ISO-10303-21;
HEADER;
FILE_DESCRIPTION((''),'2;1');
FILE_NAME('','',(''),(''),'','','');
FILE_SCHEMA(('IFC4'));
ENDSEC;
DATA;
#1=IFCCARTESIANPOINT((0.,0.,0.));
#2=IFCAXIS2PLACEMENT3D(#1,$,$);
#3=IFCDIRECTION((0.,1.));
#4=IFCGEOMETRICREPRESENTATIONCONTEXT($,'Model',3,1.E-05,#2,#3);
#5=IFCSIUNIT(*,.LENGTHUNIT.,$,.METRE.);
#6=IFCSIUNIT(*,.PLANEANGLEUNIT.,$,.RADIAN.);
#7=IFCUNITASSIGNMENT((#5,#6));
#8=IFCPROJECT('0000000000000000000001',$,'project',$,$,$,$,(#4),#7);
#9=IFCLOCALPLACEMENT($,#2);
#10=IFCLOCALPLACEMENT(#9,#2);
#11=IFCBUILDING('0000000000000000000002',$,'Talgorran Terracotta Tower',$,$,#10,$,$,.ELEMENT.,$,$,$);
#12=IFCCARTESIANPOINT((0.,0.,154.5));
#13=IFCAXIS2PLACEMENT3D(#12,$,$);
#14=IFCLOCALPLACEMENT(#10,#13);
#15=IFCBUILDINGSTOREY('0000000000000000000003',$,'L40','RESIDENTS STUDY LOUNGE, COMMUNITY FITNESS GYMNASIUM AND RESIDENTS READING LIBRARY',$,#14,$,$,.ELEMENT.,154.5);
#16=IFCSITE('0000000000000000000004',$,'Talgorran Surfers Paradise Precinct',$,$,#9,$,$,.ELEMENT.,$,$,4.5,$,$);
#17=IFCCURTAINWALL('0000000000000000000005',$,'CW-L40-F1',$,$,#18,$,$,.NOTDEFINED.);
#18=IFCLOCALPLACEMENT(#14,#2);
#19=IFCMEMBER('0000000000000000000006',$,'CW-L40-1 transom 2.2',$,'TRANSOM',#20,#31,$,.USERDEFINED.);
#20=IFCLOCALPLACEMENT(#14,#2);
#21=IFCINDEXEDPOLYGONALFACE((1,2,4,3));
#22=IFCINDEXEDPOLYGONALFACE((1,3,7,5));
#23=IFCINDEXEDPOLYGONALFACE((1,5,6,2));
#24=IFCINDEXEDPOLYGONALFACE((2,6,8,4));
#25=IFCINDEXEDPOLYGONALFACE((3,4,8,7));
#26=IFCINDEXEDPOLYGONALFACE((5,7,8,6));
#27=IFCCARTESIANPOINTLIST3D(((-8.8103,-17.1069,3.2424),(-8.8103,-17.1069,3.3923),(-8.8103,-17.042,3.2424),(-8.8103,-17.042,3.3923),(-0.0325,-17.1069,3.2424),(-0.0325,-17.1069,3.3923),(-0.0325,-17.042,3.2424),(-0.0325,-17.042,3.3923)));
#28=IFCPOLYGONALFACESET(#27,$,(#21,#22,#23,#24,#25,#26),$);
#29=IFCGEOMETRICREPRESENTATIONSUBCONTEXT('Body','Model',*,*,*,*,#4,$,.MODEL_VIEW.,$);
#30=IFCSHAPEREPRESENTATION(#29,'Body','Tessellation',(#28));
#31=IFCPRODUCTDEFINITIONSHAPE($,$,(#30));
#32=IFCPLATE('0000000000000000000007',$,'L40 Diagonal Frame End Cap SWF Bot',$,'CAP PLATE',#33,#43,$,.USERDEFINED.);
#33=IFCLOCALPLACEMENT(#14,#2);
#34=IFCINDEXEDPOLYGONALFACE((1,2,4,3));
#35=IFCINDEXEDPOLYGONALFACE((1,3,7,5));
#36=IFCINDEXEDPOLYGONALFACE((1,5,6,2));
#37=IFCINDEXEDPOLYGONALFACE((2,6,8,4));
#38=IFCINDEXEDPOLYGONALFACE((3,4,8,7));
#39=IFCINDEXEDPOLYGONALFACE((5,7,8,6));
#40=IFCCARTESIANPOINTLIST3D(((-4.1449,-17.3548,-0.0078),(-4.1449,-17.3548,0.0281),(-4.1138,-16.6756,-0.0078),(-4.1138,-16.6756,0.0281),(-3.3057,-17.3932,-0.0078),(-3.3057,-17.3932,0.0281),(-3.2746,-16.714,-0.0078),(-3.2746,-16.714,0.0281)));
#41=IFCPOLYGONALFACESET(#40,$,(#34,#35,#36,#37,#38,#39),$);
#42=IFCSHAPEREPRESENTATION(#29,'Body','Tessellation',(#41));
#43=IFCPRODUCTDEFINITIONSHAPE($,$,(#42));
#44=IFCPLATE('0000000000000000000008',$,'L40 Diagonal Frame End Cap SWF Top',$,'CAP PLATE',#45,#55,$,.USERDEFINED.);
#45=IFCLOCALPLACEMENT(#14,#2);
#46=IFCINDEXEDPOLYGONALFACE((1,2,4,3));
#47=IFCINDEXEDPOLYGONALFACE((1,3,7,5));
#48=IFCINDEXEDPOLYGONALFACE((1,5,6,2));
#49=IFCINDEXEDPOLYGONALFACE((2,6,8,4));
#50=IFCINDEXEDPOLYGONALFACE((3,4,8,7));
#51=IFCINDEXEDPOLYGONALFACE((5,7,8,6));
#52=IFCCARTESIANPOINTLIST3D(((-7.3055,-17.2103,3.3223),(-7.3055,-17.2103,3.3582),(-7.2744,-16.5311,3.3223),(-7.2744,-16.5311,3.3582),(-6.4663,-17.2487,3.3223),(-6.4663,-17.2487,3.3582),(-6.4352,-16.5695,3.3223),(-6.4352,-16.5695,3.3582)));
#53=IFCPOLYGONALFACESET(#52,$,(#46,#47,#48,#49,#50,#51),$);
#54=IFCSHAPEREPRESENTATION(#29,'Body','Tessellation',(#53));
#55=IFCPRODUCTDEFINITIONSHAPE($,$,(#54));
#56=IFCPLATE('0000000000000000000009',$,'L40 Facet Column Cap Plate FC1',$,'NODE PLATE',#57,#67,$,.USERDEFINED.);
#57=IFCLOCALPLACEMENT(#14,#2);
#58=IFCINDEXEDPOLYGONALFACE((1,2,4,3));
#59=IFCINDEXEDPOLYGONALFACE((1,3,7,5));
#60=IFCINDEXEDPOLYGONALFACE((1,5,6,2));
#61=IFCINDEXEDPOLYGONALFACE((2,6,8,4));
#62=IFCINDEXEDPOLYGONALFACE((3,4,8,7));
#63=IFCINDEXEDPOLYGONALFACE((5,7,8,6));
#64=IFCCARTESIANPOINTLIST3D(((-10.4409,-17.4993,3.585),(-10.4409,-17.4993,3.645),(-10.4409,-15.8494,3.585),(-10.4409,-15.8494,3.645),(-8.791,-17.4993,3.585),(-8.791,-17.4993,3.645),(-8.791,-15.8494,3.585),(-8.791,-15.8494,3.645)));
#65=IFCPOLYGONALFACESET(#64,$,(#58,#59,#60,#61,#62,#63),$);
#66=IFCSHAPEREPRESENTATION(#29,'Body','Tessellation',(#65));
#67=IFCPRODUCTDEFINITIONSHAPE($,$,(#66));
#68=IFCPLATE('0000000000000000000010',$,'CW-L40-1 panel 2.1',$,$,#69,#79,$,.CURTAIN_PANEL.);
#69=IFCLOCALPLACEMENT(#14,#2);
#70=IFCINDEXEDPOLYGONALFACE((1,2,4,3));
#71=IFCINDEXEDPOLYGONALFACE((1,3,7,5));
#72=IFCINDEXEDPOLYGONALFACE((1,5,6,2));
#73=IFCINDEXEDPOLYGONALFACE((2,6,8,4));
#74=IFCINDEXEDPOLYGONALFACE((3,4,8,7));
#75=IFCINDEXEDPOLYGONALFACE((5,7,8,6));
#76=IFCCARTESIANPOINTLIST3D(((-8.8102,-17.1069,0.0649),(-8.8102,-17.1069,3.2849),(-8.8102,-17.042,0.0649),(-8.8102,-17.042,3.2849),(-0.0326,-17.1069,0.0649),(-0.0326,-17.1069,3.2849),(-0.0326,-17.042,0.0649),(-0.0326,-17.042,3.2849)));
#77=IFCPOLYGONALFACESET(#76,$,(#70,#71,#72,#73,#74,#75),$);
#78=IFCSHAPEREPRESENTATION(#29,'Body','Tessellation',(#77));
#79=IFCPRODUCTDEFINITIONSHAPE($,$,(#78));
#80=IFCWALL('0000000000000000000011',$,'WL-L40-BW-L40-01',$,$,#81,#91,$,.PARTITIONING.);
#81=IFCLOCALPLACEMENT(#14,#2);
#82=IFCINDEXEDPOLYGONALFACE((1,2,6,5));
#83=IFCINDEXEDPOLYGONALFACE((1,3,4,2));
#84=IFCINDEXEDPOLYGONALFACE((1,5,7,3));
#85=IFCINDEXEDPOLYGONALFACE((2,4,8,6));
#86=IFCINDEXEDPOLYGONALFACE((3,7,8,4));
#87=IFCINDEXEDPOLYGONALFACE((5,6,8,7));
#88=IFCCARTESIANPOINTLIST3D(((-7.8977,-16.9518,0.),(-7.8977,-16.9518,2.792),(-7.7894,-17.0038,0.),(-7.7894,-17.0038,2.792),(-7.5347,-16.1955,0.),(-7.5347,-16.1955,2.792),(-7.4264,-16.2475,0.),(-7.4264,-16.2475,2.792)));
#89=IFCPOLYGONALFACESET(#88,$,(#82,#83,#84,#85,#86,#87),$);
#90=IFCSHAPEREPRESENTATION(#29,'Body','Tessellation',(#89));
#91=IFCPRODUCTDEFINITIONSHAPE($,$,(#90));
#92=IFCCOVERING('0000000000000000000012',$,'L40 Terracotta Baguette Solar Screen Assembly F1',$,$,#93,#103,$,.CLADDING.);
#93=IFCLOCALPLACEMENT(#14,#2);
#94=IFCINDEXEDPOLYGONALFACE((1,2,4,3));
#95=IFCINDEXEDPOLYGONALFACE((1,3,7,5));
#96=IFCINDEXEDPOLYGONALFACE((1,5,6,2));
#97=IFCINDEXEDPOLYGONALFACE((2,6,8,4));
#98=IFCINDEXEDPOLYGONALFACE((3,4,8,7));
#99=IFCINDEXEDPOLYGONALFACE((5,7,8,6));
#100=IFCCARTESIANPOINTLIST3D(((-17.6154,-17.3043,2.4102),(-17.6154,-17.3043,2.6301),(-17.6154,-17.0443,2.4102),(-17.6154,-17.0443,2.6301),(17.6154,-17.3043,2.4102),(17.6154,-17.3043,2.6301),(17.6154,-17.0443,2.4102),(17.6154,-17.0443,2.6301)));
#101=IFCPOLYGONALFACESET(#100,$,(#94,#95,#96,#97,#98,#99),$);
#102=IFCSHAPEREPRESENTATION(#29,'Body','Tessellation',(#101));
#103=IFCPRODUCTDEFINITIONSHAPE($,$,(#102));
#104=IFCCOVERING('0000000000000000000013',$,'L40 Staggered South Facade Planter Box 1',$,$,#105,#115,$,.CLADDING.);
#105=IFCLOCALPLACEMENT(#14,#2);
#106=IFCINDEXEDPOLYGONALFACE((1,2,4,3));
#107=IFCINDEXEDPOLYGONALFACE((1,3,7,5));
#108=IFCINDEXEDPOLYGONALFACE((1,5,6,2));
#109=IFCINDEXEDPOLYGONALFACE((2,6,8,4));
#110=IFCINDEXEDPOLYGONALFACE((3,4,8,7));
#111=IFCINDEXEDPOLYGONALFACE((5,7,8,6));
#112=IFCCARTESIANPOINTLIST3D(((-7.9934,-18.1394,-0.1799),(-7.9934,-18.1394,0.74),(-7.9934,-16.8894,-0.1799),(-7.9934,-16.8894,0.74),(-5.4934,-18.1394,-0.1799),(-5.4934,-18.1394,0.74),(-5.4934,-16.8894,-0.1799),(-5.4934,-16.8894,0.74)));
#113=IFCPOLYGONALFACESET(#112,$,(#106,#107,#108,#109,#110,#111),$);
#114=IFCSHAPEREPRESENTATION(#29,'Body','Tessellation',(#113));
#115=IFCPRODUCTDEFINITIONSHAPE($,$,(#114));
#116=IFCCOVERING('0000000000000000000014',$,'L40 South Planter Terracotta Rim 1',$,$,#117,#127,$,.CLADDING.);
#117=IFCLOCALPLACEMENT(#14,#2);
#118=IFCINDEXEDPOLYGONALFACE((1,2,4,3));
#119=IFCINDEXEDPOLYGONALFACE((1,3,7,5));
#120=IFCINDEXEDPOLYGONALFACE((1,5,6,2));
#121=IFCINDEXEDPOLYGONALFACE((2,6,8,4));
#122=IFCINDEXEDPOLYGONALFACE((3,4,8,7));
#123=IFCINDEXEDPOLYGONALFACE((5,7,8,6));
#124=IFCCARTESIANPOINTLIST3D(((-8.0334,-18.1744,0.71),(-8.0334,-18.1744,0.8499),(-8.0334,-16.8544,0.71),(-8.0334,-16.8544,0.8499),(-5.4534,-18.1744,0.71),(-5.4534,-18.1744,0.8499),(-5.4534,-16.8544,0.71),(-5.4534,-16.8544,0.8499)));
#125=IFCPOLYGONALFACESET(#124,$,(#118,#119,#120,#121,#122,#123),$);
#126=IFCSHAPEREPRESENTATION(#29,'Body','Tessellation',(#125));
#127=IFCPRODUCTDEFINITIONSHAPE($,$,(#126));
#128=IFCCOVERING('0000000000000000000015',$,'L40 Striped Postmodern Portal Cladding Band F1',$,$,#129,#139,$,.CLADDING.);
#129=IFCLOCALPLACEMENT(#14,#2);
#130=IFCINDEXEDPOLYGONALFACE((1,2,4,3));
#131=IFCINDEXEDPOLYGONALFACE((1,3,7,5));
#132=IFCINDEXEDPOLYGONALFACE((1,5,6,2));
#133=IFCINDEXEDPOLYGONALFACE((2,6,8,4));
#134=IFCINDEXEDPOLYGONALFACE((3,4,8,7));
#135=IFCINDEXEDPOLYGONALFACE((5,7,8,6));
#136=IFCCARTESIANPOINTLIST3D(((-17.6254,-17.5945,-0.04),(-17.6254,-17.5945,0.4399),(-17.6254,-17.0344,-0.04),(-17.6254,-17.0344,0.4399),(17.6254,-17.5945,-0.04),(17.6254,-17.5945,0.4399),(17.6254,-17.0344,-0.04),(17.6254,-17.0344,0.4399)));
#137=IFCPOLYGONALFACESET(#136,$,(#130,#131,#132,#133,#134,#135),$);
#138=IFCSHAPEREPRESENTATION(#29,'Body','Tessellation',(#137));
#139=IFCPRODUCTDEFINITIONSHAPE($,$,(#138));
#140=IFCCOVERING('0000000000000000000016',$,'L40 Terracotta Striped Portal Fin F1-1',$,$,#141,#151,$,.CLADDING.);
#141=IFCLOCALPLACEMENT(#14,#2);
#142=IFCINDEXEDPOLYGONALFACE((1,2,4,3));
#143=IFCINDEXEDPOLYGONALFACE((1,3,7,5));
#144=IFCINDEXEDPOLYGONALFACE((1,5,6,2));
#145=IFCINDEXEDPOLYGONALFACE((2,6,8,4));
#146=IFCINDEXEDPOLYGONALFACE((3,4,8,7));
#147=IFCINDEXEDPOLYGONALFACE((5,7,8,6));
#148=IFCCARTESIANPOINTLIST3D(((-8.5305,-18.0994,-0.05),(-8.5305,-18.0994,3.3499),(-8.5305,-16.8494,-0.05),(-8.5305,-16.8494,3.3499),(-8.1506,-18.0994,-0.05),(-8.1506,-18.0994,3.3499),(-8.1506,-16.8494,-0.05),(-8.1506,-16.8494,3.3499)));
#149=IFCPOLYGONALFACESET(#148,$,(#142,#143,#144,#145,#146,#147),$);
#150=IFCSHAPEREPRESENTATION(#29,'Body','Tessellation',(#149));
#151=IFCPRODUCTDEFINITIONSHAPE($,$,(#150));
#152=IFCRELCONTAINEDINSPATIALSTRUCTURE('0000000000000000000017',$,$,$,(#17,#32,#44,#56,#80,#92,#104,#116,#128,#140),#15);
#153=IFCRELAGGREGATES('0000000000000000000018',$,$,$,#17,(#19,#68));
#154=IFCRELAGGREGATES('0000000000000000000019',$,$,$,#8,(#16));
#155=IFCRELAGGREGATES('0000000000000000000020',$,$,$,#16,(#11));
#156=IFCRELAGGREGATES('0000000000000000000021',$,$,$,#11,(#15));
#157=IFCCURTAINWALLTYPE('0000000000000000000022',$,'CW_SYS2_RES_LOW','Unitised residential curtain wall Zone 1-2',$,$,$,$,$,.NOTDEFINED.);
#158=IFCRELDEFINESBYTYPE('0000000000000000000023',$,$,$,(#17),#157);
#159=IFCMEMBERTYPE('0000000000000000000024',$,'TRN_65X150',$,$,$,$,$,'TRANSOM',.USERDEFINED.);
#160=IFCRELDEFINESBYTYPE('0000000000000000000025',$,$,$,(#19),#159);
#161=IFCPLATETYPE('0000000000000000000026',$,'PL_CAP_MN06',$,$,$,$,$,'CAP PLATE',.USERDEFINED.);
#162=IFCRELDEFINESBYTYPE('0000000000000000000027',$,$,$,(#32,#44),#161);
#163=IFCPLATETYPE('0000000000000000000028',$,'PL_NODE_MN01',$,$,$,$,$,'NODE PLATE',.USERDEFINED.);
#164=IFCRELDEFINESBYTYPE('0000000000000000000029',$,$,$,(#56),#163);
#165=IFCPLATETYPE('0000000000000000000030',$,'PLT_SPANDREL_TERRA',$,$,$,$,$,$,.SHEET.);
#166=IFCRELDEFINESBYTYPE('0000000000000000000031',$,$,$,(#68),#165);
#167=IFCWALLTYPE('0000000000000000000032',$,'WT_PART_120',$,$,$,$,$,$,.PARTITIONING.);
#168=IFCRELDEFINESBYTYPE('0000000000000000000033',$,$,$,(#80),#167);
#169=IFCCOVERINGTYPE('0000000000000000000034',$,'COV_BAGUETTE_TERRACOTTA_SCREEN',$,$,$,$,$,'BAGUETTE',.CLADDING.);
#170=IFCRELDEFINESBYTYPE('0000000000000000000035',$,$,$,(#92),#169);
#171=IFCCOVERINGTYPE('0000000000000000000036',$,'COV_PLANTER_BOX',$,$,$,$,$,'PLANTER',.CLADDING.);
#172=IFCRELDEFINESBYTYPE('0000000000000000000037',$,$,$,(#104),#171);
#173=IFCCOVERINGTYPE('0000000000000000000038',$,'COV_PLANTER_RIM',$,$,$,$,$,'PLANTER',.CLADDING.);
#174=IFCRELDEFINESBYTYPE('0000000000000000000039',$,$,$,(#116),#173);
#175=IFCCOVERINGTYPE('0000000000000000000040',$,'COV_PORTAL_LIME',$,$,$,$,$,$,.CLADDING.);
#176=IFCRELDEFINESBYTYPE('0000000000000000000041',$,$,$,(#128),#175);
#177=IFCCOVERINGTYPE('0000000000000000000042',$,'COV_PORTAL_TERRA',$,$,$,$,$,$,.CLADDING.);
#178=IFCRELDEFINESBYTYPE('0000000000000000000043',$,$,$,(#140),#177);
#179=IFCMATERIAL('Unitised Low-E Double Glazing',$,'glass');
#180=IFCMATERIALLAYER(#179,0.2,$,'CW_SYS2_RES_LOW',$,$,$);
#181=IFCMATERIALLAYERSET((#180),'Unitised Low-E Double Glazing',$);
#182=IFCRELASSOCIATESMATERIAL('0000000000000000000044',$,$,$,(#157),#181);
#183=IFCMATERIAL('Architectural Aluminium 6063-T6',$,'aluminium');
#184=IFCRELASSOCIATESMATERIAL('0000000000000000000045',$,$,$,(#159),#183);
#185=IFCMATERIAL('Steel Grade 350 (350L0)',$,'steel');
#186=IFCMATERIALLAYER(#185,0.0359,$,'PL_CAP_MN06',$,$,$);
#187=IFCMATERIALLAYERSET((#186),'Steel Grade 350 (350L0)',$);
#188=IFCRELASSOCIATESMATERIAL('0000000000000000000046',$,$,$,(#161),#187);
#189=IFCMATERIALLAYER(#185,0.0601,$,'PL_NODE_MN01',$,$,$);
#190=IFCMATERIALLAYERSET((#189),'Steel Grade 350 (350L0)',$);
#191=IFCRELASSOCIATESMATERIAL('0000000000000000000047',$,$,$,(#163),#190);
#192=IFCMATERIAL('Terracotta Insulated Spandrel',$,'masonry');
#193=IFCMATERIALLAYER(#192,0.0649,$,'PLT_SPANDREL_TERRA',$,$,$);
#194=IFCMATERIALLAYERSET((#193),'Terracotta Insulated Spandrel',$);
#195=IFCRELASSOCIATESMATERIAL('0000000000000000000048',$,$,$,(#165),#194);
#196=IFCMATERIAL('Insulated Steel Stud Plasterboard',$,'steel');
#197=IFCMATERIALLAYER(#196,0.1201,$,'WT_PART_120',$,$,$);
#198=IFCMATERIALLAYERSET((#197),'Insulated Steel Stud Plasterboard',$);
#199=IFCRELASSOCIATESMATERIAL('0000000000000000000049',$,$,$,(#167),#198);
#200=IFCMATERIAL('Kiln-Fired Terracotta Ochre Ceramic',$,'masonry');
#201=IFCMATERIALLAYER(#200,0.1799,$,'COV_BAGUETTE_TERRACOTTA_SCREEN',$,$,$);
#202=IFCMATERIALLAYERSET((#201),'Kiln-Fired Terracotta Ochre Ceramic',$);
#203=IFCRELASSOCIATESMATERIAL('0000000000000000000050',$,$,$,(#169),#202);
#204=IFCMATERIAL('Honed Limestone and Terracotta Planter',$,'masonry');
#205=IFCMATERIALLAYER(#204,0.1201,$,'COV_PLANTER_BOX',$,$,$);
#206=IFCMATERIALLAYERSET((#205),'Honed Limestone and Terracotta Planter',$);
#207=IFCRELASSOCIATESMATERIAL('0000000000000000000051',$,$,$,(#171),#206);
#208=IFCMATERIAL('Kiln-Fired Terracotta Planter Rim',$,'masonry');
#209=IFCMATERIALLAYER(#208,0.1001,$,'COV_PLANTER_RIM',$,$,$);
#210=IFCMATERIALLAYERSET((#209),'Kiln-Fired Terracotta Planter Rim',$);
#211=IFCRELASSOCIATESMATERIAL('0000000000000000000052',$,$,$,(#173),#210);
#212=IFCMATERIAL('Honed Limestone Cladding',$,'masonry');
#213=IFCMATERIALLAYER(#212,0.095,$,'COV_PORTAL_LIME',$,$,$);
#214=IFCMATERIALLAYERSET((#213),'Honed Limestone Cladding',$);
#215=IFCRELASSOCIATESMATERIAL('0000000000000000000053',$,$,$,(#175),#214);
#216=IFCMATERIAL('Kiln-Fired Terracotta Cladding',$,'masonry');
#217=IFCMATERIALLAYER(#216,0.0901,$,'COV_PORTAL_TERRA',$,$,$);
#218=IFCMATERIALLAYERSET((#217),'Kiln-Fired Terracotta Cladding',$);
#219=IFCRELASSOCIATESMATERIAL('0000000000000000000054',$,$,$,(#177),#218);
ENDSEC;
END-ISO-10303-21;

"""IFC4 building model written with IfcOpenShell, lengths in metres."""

from ifc_helpers import new_model, si_unit, direction, frame, frame_2d, origin, origin_2d, place, context, subcontext, project, spatial, rectangle, extrude, source, transform, mapped, material, layer, layer_set, material_profile, profile_set, type_object, type_shapes, element, aggregate, save


model = new_model("IFC4")

# Units and contexts
model_context = context("Model", 3, precision=1e-05, world=origin(), true_north=direction((0.0, 1.0)))
body_context = subcontext(model_context, "Body", "Model", "MODEL_VIEW")
ifc_project = project(units=[si_unit("LENGTHUNIT", "METRE"), si_unit("PLANEANGLEUNIT", "RADIAN")], contexts=[model_context])

# Site, building, storey
site_placement = place(None, origin())
site = spatial("IfcSite", under=ifc_project, at=site_placement, Name="Talgorran Surfers Paradise Precinct", CompositionType="ELEMENT", RefElevation=4.5)
building_placement = place(site_placement, origin())
building = spatial("IfcBuilding", under=site, at=building_placement, Name="Talgorran Terracotta Tower", CompositionType="ELEMENT")
storey_placement = place(building_placement, frame((0.0, 0.0, 154.5)))
storey = spatial("IfcBuildingStorey", under=building, at=storey_placement, Name="L40", Description="RESIDENTS STUDY LOUNGE, COMMUNITY FITNESS GYMNASIUM AND RESIDENTS READING LIBRARY", CompositionType="ELEMENT", Elevation=154.5)

# Shared definitions
ifc_material_1 = material(Name="Steel Grade 350 (350L0)", Category="steel")

# Curtain wall, member
ifc_material_2 = material(Name="Unitised Low-E Double Glazing", Category="glass")
ifc_layer_1 = layer(ifc_material_2, 0.2, Name="CW_SYS2_RES_LOW")
ifc_layer_set_1 = layer_set([ifc_layer_1], Name="Unitised Low-E Double Glazing")
curtain_wall_type = type_object("IfcCurtainWallType", Name="CW_SYS2_RES_LOW", Description="Unitised residential curtain wall Zone 1-2", PredefinedType="NOTDEFINED", material=ifc_layer_set_1)
curtain_wall_placement = place(storey_placement, origin())
curtain_wall = element("IfcCurtainWall", 1, at=curtain_wall_placement, inside=storey, type_object=curtain_wall_type, Name="CW-L40-F1", PredefinedType="NOTDEFINED")
ifc_material_3 = material(Name="Architectural Aluminium 6063-T6", Category="aluminium")
ifc_material_profile_1 = material_profile(ifc_material_3, rectangle(XDim=0.0649, YDim=0.1499, at=origin_2d()), Name="CWT65X150")
ifc_profile_set_1 = profile_set([ifc_material_profile_1], Name="Architectural Aluminium 6063-T6")
member_type_1 = type_object("IfcMemberType", Name="TRN_65X150", ElementType="TRANSOM", PredefinedType="USERDEFINED", material=ifc_profile_set_1)
member_1_placement = place(storey_placement, frame((-8.8103, -17.0745, 3.3174), z_axis=(1.0, 0.0, 0.0), x_axis=(0.0, 1.0, 0.0)))
member_1 = element("IfcMember", 2, at=member_1_placement, type_object=member_type_1, Name="CW-L40-1 transom 2.2", ObjectType="TRANSOM", PredefinedType="USERDEFINED", context=body_context, shape_type="SweptSolid", body=[
    extrude(rectangle(XDim=0.0649, YDim=0.1499, at=origin_2d()), origin(), (0.0, 0.0, 1.0), 8.7778),
])

# Plates
ifc_layer_2 = layer(ifc_material_1, 0.0359, Name="PL_CAP_MN06")
ifc_layer_set_2 = layer_set([ifc_layer_2], Name="Steel Grade 350 (350L0)")
plate_type_1 = type_object("IfcPlateType", Name="PL_CAP_MN06", ElementType="CAP PLATE", PredefinedType="USERDEFINED", material=ifc_layer_set_2)
for number, where, z_axis, x_axis, name in (
    (3, (-3.7097, -17.0344, -0.0078), (0.0, 0.0, 1.0), (-0.998955, 0.045712, 0.0), "L40 Diagonal Frame End Cap SWF Bot"),
    (4, (-6.8704, -16.8899, 3.3223), (0.0, 0.0, 1.0), (-0.998955, 0.045712, 0.0), "L40 Diagonal Frame End Cap SWF Top"),
):
    element("IfcPlate", number, at=place(storey_placement, frame(where, z_axis=z_axis, x_axis=x_axis)), inside=storey, type_object=plate_type_1, Name=name, ObjectType="CAP PLATE", PredefinedType="USERDEFINED", context=body_context, shape_type="SweptSolid", body=[
        extrude(rectangle(XDim=0.8401, YDim=0.6799, at=origin_2d()), origin(), (0.0, 0.0, 1.0), 0.0359),
    ])
ifc_layer_3 = layer(ifc_material_1, 0.0601, Name="PL_NODE_MN01")
ifc_layer_set_3 = layer_set([ifc_layer_3], Name="Steel Grade 350 (350L0)")
plate_type_2 = type_object("IfcPlateType", Name="PL_NODE_MN01", ElementType="NODE PLATE", PredefinedType="USERDEFINED", material=ifc_layer_set_3)
plate_1_placement = place(storey_placement, frame((-9.616, -16.6743, 3.585), z_axis=(0.0, 0.0, 1.0), x_axis=(1.0, 0.0, 0.0)))
element("IfcPlate", 5, at=plate_1_placement, inside=storey, type_object=plate_type_2, Name="L40 Facet Column Cap Plate FC1", ObjectType="NODE PLATE", PredefinedType="USERDEFINED", context=body_context, shape_type="SweptSolid", body=[
    extrude(rectangle(XDim=1.6499, YDim=1.6499, at=origin_2d()), origin(), (0.0, 0.0, 1.0), 0.0601),
])

# Plate
ifc_material_4 = material(Name="Terracotta Insulated Spandrel", Category="masonry")
ifc_layer_4 = layer(ifc_material_4, 0.0649, Name="PLT_SPANDREL_TERRA")
ifc_layer_set_4 = layer_set([ifc_layer_4], Name="Terracotta Insulated Spandrel")
plate_type_3 = type_object("IfcPlateType", Name="PLT_SPANDREL_TERRA", PredefinedType="SHEET", material=ifc_layer_set_4)
shared_shape_1 = source(origin(), body_context, "Body", "SweptSolid", [
    extrude(rectangle(XDim=8.7776, YDim=0.0649, at=origin_2d()), origin(), (0.0, 0.0, 1.0), 3.22),
])
type_shapes(plate_type_3, [shared_shape_1])
plate_2_placement = place(storey_placement, frame((-4.4214, -17.0745, 0.0649), z_axis=(0.0, 0.0, 1.0), x_axis=(1.0, 0.0, 0.0)))
plate_2 = element("IfcPlate", 6, at=plate_2_placement, type_object=plate_type_3, Name="CW-L40-1 panel 2.1", PredefinedType="CURTAIN_PANEL", context=body_context, shape_type="MappedRepresentation", body=[
    mapped(shared_shape_1, transform((0.0, 0.0, 0.0), scale=1.0)),
])
aggregate(curtain_wall, [member_1, plate_2])

# Wall
ifc_material_5 = material(Name="Insulated Steel Stud Plasterboard", Category="steel")
ifc_layer_5 = layer(ifc_material_5, 0.1201, Name="WT_PART_120")
ifc_layer_set_5 = layer_set([ifc_layer_5], Name="Insulated Steel Stud Plasterboard")
wall_type = type_object("IfcWallType", Name="WT_PART_120", PredefinedType="PARTITIONING", material=ifc_layer_set_5)
wall_placement = place(storey_placement, frame((-7.8435, -16.9778, 0.0), z_axis=(0.0, 0.0, 1.0), x_axis=(0.432722, 0.901528, 0.0)))
element("IfcWall", 7, at=wall_placement, inside=storey, type_object=wall_type, Name="WL-L40-BW-L40-01", PredefinedType="PARTITIONING", context=body_context, shape_type="SweptSolid", body=[
    extrude(rectangle(XDim=0.8389, YDim=0.1201, at=frame_2d((0.4194, 0.0))), origin(), (0.0, 0.0, 1.0), 2.792),
])

# Coverings
ifc_material_6 = material(Name="Kiln-Fired Terracotta Ochre Ceramic", Category="masonry")
ifc_layer_6 = layer(ifc_material_6, 0.1799, Name="COV_BAGUETTE_TERRACOTTA_SCREEN")
ifc_layer_set_6 = layer_set([ifc_layer_6], Name="Kiln-Fired Terracotta Ochre Ceramic")
covering_type_1 = type_object("IfcCoveringType", Name="COV_BAGUETTE_TERRACOTTA_SCREEN", ElementType="BAGUETTE", PredefinedType="CLADDING", material=ifc_layer_set_6)
covering_1_placement = place(storey_placement, frame((0.0, -17.1743, 2.4102), z_axis=(0.0, 0.0, 1.0), x_axis=(1.0, 0.0, 0.0)))
element("IfcCovering", 8, at=covering_1_placement, inside=storey, type_object=covering_type_1, Name="L40 Terracotta Baguette Solar Screen Assembly F1", PredefinedType="CLADDING", context=body_context, shape_type="SweptSolid", body=[
    extrude(rectangle(XDim=35.2307, YDim=0.26, at=origin_2d()), origin(), (0.0, 0.0, 1.0), 0.22),
])
ifc_material_7 = material(Name="Honed Limestone and Terracotta Planter", Category="masonry")
ifc_layer_7 = layer(ifc_material_7, 0.1201, Name="COV_PLANTER_BOX")
ifc_layer_set_7 = layer_set([ifc_layer_7], Name="Honed Limestone and Terracotta Planter")
covering_type_2 = type_object("IfcCoveringType", Name="COV_PLANTER_BOX", ElementType="PLANTER", PredefinedType="CLADDING", material=ifc_layer_set_7)
covering_2_placement = place(storey_placement, frame((-6.7434, -17.5144, -0.1799), z_axis=(0.0, 0.0, 1.0), x_axis=(1.0, 0.0, 0.0)))
element("IfcCovering", 9, at=covering_2_placement, inside=storey, type_object=covering_type_2, Name="L40 Staggered South Facade Planter Box 1", PredefinedType="CLADDING", context=body_context, shape_type="SweptSolid", body=[
    extrude(rectangle(XDim=2.5, YDim=1.25, at=origin_2d()), origin(), (0.0, 0.0, 1.0), 0.9199),
])
ifc_material_8 = material(Name="Kiln-Fired Terracotta Planter Rim", Category="masonry")
ifc_layer_8 = layer(ifc_material_8, 0.1001, Name="COV_PLANTER_RIM")
ifc_layer_set_8 = layer_set([ifc_layer_8], Name="Kiln-Fired Terracotta Planter Rim")
covering_type_3 = type_object("IfcCoveringType", Name="COV_PLANTER_RIM", ElementType="PLANTER", PredefinedType="CLADDING", material=ifc_layer_set_8)
covering_3_placement = place(storey_placement, frame((-6.7434, -17.5144, 0.71), z_axis=(0.0, 0.0, 1.0), x_axis=(1.0, 0.0, 0.0)))
element("IfcCovering", 10, at=covering_3_placement, inside=storey, type_object=covering_type_3, Name="L40 South Planter Terracotta Rim 1", PredefinedType="CLADDING", context=body_context, shape_type="SweptSolid", body=[
    extrude(rectangle(XDim=2.5801, YDim=1.3201, at=origin_2d()), origin(), (0.0, 0.0, 1.0), 0.1399),
])
ifc_material_9 = material(Name="Honed Limestone Cladding", Category="masonry")
ifc_layer_9 = layer(ifc_material_9, 0.095, Name="COV_PORTAL_LIME")
ifc_layer_set_9 = layer_set([ifc_layer_9], Name="Honed Limestone Cladding")
covering_type_4 = type_object("IfcCoveringType", Name="COV_PORTAL_LIME", PredefinedType="CLADDING", material=ifc_layer_set_9)
covering_4_placement = place(storey_placement, frame((0.0, -17.3145, -0.04), z_axis=(0.0, 0.0, 1.0), x_axis=(1.0, 0.0, 0.0)))
element("IfcCovering", 11, at=covering_4_placement, inside=storey, type_object=covering_type_4, Name="L40 Striped Postmodern Portal Cladding Band F1", PredefinedType="CLADDING", context=body_context, shape_type="SweptSolid", body=[
    extrude(rectangle(XDim=35.2507, YDim=0.5601, at=origin_2d()), origin(), (0.0, 0.0, 1.0), 0.48),
])
ifc_material_10 = material(Name="Kiln-Fired Terracotta Cladding", Category="masonry")
ifc_layer_10 = layer(ifc_material_10, 0.0901, Name="COV_PORTAL_TERRA")
ifc_layer_set_10 = layer_set([ifc_layer_10], Name="Kiln-Fired Terracotta Cladding")
covering_type_5 = type_object("IfcCoveringType", Name="COV_PORTAL_TERRA", PredefinedType="CLADDING", material=ifc_layer_set_10)
covering_5_placement = place(storey_placement, frame((-8.3406, -17.4744, -0.05), z_axis=(0.0, 0.0, 1.0), x_axis=(1.0, 0.0, 0.0)))
element("IfcCovering", 12, at=covering_5_placement, inside=storey, type_object=covering_type_5, Name="L40 Terracotta Striped Portal Fin F1-1", PredefinedType="CLADDING", context=body_context, shape_type="SweptSolid", body=[
    extrude(rectangle(XDim=0.3799, YDim=1.25, at=origin_2d()), origin(), (0.0, 0.0, 1.0), 3.3999),
])

save(model, "model.ifc")
